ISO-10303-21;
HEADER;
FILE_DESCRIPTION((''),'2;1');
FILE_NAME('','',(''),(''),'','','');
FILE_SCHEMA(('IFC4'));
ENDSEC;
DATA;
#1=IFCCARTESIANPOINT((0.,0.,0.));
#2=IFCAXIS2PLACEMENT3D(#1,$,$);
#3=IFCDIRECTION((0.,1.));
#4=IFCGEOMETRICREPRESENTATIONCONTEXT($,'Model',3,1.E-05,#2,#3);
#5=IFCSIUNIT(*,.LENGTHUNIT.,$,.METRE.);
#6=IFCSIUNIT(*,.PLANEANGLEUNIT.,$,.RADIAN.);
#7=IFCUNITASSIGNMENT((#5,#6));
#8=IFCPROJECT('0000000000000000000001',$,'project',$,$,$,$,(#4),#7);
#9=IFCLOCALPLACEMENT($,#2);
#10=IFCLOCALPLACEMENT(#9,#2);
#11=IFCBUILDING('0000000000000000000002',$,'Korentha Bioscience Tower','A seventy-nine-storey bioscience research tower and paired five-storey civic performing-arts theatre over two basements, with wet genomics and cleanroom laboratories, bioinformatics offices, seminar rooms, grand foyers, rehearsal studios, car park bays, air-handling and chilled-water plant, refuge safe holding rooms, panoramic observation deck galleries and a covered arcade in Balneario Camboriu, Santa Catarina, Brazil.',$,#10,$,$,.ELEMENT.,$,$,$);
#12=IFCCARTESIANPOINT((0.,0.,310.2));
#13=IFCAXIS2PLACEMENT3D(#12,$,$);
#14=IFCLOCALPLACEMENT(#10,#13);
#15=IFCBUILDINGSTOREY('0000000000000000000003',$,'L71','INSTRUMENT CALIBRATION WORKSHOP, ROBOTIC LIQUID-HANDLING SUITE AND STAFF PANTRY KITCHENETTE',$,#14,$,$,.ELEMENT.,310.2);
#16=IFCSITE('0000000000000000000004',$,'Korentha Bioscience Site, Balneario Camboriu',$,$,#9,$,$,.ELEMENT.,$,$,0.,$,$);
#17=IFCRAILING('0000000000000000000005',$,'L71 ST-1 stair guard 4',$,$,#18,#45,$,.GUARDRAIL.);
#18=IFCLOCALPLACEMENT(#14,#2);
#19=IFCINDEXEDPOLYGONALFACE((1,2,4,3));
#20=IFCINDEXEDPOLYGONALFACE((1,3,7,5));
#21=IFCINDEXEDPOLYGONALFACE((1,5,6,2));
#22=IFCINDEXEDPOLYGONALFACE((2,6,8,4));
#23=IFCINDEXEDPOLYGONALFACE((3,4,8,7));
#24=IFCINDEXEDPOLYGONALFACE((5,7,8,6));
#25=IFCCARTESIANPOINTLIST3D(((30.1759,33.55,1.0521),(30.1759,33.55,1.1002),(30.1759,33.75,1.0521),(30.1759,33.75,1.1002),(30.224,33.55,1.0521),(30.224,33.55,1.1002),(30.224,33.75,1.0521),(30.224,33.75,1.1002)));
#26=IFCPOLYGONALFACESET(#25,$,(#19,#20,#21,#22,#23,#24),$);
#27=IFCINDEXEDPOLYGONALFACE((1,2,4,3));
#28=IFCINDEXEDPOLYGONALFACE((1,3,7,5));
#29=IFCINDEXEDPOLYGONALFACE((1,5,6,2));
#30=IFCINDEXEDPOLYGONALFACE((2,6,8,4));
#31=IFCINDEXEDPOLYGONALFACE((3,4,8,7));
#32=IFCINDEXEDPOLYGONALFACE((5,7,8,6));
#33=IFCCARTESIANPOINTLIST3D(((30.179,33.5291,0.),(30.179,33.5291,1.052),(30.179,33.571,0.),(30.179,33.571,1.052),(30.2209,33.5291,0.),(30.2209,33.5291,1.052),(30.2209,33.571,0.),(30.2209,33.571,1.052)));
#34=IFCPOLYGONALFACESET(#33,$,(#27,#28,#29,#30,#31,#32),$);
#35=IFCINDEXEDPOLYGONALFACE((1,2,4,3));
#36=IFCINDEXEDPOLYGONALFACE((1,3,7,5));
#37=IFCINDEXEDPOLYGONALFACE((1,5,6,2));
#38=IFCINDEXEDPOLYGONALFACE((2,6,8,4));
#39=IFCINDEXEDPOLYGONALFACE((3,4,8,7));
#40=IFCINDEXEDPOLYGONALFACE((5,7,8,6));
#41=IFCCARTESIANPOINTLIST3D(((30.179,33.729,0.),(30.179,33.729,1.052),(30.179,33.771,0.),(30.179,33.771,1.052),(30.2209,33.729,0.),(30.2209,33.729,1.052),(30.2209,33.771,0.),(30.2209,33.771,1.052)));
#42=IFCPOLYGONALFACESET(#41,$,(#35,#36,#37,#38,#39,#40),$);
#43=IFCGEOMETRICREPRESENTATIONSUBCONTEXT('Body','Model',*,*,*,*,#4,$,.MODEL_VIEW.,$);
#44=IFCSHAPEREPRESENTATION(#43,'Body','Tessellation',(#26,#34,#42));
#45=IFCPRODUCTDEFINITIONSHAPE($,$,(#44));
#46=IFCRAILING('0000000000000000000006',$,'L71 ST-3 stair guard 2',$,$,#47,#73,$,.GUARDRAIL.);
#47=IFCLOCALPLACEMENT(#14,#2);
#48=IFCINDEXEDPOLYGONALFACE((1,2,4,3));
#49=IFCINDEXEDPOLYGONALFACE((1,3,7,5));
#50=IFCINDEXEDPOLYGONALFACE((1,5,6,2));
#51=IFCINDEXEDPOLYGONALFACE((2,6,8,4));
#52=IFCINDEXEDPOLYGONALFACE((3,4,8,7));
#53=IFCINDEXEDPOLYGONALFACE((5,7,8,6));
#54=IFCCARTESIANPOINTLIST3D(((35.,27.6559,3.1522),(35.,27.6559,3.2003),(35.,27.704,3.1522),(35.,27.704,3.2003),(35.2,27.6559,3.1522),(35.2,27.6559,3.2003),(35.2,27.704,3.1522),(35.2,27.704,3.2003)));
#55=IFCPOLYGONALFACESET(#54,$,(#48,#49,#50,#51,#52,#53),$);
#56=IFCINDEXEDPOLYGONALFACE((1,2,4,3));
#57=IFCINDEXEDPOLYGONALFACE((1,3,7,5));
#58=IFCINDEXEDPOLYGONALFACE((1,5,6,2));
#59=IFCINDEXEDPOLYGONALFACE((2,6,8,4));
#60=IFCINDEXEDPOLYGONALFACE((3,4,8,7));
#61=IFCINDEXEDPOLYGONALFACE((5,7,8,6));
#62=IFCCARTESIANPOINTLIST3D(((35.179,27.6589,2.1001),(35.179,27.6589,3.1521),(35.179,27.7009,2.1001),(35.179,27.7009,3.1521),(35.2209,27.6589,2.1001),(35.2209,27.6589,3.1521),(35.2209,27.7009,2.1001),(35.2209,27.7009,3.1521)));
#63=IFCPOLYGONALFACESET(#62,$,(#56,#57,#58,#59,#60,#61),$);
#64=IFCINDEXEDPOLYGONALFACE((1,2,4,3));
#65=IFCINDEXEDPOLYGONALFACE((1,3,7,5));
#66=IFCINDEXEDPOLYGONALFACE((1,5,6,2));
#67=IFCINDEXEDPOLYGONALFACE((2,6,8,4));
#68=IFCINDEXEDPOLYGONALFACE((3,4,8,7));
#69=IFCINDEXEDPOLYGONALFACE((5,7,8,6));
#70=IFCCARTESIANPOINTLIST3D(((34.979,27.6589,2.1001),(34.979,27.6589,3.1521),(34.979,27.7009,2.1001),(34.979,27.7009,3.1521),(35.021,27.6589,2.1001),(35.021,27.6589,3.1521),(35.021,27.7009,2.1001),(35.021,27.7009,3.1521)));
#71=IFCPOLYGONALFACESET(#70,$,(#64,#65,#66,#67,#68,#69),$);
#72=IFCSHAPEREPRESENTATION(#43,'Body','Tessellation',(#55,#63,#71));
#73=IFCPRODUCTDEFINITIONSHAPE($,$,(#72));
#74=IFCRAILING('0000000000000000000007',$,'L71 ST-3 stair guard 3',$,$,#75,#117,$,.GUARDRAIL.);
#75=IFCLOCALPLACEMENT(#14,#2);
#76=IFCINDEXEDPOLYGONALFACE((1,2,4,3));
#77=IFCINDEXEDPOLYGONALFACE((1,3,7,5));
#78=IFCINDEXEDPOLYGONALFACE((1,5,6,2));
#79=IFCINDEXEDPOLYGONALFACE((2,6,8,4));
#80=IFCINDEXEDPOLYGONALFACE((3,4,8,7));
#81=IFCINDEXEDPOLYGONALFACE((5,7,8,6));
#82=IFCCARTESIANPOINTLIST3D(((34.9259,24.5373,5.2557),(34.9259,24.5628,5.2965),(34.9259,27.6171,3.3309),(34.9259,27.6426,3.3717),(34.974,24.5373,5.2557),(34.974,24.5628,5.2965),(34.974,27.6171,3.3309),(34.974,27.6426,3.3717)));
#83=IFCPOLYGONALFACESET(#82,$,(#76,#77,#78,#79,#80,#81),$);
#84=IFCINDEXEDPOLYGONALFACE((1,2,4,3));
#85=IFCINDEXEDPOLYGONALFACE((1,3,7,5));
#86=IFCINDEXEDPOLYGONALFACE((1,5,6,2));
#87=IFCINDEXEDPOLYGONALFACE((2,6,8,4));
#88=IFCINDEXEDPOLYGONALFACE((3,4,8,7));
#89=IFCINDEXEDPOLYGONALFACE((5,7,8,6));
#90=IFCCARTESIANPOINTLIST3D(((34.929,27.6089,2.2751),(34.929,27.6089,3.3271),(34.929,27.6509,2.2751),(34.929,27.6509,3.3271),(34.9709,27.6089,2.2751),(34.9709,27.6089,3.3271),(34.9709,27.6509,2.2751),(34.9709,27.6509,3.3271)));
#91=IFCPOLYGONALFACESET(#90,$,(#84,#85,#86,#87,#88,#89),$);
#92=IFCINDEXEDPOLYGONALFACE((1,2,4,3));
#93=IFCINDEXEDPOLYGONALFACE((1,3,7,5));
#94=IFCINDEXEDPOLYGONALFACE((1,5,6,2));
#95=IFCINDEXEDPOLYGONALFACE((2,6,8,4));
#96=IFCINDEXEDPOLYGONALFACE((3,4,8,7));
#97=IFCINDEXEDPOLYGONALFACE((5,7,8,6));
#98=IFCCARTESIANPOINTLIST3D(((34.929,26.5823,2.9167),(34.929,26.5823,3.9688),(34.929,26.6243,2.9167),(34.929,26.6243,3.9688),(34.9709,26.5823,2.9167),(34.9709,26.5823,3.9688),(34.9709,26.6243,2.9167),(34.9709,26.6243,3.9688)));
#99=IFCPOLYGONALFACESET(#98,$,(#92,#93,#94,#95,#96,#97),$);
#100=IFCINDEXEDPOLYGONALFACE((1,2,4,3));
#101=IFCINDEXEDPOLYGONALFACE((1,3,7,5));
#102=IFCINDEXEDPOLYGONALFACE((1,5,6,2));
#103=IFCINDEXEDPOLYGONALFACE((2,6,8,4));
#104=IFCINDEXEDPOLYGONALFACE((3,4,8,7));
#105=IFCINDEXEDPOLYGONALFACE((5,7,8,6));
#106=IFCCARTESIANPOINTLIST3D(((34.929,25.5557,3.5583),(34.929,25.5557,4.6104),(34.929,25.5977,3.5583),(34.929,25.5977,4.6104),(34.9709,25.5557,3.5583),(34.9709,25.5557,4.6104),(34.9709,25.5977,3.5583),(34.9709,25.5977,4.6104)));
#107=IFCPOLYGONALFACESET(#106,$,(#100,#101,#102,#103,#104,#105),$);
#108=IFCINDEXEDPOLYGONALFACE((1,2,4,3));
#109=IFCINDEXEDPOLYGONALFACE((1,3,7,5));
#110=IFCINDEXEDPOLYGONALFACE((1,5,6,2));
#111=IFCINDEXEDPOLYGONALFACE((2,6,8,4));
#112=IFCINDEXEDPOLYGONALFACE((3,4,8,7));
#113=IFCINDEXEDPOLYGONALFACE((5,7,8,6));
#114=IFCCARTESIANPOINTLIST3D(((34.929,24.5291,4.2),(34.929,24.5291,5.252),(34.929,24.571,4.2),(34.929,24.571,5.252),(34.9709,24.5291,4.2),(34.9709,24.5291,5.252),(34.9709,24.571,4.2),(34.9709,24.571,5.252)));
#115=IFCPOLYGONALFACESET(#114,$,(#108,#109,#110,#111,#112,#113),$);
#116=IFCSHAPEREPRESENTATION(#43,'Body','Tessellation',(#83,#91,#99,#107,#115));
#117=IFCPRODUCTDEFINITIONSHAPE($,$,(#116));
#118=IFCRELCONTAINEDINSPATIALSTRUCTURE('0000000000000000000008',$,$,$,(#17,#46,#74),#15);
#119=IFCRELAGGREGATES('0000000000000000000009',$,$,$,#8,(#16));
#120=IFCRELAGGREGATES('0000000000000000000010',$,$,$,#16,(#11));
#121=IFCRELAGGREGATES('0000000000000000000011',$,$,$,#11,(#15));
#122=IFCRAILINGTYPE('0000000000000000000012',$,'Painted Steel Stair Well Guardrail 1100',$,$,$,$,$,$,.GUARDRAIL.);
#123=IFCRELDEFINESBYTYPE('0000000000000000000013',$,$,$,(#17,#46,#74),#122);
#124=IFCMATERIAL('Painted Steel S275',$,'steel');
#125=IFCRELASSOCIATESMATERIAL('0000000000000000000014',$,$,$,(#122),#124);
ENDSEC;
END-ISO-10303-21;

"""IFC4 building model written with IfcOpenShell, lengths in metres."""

from ifc_helpers import new_model, si_unit, direction, frame, origin, origin_2d, place, context, subcontext, project, spatial, rectangle, extrude, material, type_object, element, save


model = new_model("IFC4")

# Units and contexts
model_context = context("Model", 3, precision=1e-05, world=origin(), true_north=direction((0.0, 1.0)))
body_context = subcontext(model_context, "Body", "Model", "MODEL_VIEW")
ifc_project = project(units=[si_unit("LENGTHUNIT", "METRE"), si_unit("PLANEANGLEUNIT", "RADIAN")], contexts=[model_context])

# Site, building, storey
site_placement = place(None, origin())
site = spatial("IfcSite", under=ifc_project, at=site_placement, Name="Korentha Bioscience Site, Balneario Camboriu", CompositionType="ELEMENT", RefElevation=0.0)
building_placement = place(site_placement, origin())
building = spatial("IfcBuilding", under=site, at=building_placement, Name="Korentha Bioscience Tower", Description="A seventy-nine-storey bioscience research tower and paired five-storey civic performing-arts theatre over two basements, with wet genomics and cleanroom laboratories, bioinformatics offices, seminar rooms, grand foyers, rehearsal studios, car park bays, air-handling and chilled-water plant, refuge safe holding rooms, panoramic observation deck galleries and a covered arcade in Balneario Camboriu, Santa Catarina, Brazil.", CompositionType="ELEMENT")
storey_placement = place(building_placement, frame((0.0, 0.0, 310.2)))
storey = spatial("IfcBuildingStorey", under=building, at=storey_placement, Name="L71", Description="INSTRUMENT CALIBRATION WORKSHOP, ROBOTIC LIQUID-HANDLING SUITE AND STAFF PANTRY KITCHENETTE", CompositionType="ELEMENT", Elevation=310.2)

# Railings
ifc_material_1 = material(Name="Painted Steel S275", Category="steel")
railing_type_1 = type_object("IfcRailingType", Name="Painted Steel Stair Well Guardrail 1100", PredefinedType="GUARDRAIL", material=ifc_material_1)
for number, where, name in (
    (1, (30.2, 33.55, 0.0), "L71 ST-1 stair guard 4"),
):
    element("IfcRailing", number, at=place(storey_placement, frame(where)), inside=storey, type_object=railing_type_1, Name=name, PredefinedType="GUARDRAIL", context=body_context, shape_type="SweptSolid", body=[
        extrude(rectangle(XDim=0.0481, YDim=0.0481, at=origin_2d()), frame((0.0, 0.0, 1.0762), z_axis=(0.0, 1.0, 0.0), x_axis=(-1.0, 0.0, 0.0)), (0.0, 0.0, 1.0), 0.2),
        extrude(rectangle(XDim=0.042, YDim=0.042, at=origin_2d()), origin(), (0.0, 0.0, 1.0), 1.052),
        extrude(rectangle(XDim=0.042, YDim=0.042, at=origin_2d()), frame((0.0, 0.2, 0.0)), (0.0, 0.0, 1.0), 1.052),
    ])
railing_1_placement = place(storey_placement, frame((35.2, 27.6799, 2.1001)))
element("IfcRailing", 2, at=railing_1_placement, inside=storey, type_object=railing_type_1, Name="L71 ST-3 stair guard 2", PredefinedType="GUARDRAIL", context=body_context, shape_type="SweptSolid", body=[
    extrude(rectangle(XDim=0.0481, YDim=0.0481, at=origin_2d()), frame((0.0, 0.0, 1.0762), z_axis=(-1.0, 0.0, 0.0), x_axis=(0.0, -1.0, 0.0)), (0.0, 0.0, 1.0), 0.2),
    extrude(rectangle(XDim=0.042, YDim=0.042, at=origin_2d()), origin(), (0.0, 0.0, 1.0), 1.052),
    extrude(rectangle(XDim=0.042, YDim=0.042, at=origin_2d()), frame((-0.2, 0.0, 0.0)), (0.0, 0.0, 1.0), 1.052),
])
railing_2_placement = place(storey_placement, frame((34.95, 27.6299, 2.2751)))
element("IfcRailing", 3, at=railing_2_placement, inside=storey, type_object=railing_type_1, Name="L71 ST-3 stair guard 3", PredefinedType="GUARDRAIL", context=body_context, shape_type="SweptSolid", body=[
    extrude(rectangle(XDim=0.0481, YDim=0.0481, at=origin_2d()), frame((0.0, 0.0, 1.0762), z_axis=(0.0, -0.84801, 0.529981), x_axis=(1.0, 0.0, 0.0)), (0.0, 0.0, 1.0), 3.6318),
    extrude(rectangle(XDim=0.042, YDim=0.042, at=origin_2d()), origin(), (0.0, 0.0, 1.0), 1.052),
    extrude(rectangle(XDim=0.042, YDim=0.042, at=origin_2d()), frame((0.0, -1.0266, 0.6416)), (0.0, 0.0, 1.0), 1.052),
    extrude(rectangle(XDim=0.042, YDim=0.042, at=origin_2d()), frame((0.0, -2.0532, 1.2832)), (0.0, 0.0, 1.0), 1.052),
    extrude(rectangle(XDim=0.042, YDim=0.042, at=origin_2d()), frame((0.0, -3.0798, 1.9248)), (0.0, 0.0, 1.0), 1.052),
])

save(model, "model.ifc")
